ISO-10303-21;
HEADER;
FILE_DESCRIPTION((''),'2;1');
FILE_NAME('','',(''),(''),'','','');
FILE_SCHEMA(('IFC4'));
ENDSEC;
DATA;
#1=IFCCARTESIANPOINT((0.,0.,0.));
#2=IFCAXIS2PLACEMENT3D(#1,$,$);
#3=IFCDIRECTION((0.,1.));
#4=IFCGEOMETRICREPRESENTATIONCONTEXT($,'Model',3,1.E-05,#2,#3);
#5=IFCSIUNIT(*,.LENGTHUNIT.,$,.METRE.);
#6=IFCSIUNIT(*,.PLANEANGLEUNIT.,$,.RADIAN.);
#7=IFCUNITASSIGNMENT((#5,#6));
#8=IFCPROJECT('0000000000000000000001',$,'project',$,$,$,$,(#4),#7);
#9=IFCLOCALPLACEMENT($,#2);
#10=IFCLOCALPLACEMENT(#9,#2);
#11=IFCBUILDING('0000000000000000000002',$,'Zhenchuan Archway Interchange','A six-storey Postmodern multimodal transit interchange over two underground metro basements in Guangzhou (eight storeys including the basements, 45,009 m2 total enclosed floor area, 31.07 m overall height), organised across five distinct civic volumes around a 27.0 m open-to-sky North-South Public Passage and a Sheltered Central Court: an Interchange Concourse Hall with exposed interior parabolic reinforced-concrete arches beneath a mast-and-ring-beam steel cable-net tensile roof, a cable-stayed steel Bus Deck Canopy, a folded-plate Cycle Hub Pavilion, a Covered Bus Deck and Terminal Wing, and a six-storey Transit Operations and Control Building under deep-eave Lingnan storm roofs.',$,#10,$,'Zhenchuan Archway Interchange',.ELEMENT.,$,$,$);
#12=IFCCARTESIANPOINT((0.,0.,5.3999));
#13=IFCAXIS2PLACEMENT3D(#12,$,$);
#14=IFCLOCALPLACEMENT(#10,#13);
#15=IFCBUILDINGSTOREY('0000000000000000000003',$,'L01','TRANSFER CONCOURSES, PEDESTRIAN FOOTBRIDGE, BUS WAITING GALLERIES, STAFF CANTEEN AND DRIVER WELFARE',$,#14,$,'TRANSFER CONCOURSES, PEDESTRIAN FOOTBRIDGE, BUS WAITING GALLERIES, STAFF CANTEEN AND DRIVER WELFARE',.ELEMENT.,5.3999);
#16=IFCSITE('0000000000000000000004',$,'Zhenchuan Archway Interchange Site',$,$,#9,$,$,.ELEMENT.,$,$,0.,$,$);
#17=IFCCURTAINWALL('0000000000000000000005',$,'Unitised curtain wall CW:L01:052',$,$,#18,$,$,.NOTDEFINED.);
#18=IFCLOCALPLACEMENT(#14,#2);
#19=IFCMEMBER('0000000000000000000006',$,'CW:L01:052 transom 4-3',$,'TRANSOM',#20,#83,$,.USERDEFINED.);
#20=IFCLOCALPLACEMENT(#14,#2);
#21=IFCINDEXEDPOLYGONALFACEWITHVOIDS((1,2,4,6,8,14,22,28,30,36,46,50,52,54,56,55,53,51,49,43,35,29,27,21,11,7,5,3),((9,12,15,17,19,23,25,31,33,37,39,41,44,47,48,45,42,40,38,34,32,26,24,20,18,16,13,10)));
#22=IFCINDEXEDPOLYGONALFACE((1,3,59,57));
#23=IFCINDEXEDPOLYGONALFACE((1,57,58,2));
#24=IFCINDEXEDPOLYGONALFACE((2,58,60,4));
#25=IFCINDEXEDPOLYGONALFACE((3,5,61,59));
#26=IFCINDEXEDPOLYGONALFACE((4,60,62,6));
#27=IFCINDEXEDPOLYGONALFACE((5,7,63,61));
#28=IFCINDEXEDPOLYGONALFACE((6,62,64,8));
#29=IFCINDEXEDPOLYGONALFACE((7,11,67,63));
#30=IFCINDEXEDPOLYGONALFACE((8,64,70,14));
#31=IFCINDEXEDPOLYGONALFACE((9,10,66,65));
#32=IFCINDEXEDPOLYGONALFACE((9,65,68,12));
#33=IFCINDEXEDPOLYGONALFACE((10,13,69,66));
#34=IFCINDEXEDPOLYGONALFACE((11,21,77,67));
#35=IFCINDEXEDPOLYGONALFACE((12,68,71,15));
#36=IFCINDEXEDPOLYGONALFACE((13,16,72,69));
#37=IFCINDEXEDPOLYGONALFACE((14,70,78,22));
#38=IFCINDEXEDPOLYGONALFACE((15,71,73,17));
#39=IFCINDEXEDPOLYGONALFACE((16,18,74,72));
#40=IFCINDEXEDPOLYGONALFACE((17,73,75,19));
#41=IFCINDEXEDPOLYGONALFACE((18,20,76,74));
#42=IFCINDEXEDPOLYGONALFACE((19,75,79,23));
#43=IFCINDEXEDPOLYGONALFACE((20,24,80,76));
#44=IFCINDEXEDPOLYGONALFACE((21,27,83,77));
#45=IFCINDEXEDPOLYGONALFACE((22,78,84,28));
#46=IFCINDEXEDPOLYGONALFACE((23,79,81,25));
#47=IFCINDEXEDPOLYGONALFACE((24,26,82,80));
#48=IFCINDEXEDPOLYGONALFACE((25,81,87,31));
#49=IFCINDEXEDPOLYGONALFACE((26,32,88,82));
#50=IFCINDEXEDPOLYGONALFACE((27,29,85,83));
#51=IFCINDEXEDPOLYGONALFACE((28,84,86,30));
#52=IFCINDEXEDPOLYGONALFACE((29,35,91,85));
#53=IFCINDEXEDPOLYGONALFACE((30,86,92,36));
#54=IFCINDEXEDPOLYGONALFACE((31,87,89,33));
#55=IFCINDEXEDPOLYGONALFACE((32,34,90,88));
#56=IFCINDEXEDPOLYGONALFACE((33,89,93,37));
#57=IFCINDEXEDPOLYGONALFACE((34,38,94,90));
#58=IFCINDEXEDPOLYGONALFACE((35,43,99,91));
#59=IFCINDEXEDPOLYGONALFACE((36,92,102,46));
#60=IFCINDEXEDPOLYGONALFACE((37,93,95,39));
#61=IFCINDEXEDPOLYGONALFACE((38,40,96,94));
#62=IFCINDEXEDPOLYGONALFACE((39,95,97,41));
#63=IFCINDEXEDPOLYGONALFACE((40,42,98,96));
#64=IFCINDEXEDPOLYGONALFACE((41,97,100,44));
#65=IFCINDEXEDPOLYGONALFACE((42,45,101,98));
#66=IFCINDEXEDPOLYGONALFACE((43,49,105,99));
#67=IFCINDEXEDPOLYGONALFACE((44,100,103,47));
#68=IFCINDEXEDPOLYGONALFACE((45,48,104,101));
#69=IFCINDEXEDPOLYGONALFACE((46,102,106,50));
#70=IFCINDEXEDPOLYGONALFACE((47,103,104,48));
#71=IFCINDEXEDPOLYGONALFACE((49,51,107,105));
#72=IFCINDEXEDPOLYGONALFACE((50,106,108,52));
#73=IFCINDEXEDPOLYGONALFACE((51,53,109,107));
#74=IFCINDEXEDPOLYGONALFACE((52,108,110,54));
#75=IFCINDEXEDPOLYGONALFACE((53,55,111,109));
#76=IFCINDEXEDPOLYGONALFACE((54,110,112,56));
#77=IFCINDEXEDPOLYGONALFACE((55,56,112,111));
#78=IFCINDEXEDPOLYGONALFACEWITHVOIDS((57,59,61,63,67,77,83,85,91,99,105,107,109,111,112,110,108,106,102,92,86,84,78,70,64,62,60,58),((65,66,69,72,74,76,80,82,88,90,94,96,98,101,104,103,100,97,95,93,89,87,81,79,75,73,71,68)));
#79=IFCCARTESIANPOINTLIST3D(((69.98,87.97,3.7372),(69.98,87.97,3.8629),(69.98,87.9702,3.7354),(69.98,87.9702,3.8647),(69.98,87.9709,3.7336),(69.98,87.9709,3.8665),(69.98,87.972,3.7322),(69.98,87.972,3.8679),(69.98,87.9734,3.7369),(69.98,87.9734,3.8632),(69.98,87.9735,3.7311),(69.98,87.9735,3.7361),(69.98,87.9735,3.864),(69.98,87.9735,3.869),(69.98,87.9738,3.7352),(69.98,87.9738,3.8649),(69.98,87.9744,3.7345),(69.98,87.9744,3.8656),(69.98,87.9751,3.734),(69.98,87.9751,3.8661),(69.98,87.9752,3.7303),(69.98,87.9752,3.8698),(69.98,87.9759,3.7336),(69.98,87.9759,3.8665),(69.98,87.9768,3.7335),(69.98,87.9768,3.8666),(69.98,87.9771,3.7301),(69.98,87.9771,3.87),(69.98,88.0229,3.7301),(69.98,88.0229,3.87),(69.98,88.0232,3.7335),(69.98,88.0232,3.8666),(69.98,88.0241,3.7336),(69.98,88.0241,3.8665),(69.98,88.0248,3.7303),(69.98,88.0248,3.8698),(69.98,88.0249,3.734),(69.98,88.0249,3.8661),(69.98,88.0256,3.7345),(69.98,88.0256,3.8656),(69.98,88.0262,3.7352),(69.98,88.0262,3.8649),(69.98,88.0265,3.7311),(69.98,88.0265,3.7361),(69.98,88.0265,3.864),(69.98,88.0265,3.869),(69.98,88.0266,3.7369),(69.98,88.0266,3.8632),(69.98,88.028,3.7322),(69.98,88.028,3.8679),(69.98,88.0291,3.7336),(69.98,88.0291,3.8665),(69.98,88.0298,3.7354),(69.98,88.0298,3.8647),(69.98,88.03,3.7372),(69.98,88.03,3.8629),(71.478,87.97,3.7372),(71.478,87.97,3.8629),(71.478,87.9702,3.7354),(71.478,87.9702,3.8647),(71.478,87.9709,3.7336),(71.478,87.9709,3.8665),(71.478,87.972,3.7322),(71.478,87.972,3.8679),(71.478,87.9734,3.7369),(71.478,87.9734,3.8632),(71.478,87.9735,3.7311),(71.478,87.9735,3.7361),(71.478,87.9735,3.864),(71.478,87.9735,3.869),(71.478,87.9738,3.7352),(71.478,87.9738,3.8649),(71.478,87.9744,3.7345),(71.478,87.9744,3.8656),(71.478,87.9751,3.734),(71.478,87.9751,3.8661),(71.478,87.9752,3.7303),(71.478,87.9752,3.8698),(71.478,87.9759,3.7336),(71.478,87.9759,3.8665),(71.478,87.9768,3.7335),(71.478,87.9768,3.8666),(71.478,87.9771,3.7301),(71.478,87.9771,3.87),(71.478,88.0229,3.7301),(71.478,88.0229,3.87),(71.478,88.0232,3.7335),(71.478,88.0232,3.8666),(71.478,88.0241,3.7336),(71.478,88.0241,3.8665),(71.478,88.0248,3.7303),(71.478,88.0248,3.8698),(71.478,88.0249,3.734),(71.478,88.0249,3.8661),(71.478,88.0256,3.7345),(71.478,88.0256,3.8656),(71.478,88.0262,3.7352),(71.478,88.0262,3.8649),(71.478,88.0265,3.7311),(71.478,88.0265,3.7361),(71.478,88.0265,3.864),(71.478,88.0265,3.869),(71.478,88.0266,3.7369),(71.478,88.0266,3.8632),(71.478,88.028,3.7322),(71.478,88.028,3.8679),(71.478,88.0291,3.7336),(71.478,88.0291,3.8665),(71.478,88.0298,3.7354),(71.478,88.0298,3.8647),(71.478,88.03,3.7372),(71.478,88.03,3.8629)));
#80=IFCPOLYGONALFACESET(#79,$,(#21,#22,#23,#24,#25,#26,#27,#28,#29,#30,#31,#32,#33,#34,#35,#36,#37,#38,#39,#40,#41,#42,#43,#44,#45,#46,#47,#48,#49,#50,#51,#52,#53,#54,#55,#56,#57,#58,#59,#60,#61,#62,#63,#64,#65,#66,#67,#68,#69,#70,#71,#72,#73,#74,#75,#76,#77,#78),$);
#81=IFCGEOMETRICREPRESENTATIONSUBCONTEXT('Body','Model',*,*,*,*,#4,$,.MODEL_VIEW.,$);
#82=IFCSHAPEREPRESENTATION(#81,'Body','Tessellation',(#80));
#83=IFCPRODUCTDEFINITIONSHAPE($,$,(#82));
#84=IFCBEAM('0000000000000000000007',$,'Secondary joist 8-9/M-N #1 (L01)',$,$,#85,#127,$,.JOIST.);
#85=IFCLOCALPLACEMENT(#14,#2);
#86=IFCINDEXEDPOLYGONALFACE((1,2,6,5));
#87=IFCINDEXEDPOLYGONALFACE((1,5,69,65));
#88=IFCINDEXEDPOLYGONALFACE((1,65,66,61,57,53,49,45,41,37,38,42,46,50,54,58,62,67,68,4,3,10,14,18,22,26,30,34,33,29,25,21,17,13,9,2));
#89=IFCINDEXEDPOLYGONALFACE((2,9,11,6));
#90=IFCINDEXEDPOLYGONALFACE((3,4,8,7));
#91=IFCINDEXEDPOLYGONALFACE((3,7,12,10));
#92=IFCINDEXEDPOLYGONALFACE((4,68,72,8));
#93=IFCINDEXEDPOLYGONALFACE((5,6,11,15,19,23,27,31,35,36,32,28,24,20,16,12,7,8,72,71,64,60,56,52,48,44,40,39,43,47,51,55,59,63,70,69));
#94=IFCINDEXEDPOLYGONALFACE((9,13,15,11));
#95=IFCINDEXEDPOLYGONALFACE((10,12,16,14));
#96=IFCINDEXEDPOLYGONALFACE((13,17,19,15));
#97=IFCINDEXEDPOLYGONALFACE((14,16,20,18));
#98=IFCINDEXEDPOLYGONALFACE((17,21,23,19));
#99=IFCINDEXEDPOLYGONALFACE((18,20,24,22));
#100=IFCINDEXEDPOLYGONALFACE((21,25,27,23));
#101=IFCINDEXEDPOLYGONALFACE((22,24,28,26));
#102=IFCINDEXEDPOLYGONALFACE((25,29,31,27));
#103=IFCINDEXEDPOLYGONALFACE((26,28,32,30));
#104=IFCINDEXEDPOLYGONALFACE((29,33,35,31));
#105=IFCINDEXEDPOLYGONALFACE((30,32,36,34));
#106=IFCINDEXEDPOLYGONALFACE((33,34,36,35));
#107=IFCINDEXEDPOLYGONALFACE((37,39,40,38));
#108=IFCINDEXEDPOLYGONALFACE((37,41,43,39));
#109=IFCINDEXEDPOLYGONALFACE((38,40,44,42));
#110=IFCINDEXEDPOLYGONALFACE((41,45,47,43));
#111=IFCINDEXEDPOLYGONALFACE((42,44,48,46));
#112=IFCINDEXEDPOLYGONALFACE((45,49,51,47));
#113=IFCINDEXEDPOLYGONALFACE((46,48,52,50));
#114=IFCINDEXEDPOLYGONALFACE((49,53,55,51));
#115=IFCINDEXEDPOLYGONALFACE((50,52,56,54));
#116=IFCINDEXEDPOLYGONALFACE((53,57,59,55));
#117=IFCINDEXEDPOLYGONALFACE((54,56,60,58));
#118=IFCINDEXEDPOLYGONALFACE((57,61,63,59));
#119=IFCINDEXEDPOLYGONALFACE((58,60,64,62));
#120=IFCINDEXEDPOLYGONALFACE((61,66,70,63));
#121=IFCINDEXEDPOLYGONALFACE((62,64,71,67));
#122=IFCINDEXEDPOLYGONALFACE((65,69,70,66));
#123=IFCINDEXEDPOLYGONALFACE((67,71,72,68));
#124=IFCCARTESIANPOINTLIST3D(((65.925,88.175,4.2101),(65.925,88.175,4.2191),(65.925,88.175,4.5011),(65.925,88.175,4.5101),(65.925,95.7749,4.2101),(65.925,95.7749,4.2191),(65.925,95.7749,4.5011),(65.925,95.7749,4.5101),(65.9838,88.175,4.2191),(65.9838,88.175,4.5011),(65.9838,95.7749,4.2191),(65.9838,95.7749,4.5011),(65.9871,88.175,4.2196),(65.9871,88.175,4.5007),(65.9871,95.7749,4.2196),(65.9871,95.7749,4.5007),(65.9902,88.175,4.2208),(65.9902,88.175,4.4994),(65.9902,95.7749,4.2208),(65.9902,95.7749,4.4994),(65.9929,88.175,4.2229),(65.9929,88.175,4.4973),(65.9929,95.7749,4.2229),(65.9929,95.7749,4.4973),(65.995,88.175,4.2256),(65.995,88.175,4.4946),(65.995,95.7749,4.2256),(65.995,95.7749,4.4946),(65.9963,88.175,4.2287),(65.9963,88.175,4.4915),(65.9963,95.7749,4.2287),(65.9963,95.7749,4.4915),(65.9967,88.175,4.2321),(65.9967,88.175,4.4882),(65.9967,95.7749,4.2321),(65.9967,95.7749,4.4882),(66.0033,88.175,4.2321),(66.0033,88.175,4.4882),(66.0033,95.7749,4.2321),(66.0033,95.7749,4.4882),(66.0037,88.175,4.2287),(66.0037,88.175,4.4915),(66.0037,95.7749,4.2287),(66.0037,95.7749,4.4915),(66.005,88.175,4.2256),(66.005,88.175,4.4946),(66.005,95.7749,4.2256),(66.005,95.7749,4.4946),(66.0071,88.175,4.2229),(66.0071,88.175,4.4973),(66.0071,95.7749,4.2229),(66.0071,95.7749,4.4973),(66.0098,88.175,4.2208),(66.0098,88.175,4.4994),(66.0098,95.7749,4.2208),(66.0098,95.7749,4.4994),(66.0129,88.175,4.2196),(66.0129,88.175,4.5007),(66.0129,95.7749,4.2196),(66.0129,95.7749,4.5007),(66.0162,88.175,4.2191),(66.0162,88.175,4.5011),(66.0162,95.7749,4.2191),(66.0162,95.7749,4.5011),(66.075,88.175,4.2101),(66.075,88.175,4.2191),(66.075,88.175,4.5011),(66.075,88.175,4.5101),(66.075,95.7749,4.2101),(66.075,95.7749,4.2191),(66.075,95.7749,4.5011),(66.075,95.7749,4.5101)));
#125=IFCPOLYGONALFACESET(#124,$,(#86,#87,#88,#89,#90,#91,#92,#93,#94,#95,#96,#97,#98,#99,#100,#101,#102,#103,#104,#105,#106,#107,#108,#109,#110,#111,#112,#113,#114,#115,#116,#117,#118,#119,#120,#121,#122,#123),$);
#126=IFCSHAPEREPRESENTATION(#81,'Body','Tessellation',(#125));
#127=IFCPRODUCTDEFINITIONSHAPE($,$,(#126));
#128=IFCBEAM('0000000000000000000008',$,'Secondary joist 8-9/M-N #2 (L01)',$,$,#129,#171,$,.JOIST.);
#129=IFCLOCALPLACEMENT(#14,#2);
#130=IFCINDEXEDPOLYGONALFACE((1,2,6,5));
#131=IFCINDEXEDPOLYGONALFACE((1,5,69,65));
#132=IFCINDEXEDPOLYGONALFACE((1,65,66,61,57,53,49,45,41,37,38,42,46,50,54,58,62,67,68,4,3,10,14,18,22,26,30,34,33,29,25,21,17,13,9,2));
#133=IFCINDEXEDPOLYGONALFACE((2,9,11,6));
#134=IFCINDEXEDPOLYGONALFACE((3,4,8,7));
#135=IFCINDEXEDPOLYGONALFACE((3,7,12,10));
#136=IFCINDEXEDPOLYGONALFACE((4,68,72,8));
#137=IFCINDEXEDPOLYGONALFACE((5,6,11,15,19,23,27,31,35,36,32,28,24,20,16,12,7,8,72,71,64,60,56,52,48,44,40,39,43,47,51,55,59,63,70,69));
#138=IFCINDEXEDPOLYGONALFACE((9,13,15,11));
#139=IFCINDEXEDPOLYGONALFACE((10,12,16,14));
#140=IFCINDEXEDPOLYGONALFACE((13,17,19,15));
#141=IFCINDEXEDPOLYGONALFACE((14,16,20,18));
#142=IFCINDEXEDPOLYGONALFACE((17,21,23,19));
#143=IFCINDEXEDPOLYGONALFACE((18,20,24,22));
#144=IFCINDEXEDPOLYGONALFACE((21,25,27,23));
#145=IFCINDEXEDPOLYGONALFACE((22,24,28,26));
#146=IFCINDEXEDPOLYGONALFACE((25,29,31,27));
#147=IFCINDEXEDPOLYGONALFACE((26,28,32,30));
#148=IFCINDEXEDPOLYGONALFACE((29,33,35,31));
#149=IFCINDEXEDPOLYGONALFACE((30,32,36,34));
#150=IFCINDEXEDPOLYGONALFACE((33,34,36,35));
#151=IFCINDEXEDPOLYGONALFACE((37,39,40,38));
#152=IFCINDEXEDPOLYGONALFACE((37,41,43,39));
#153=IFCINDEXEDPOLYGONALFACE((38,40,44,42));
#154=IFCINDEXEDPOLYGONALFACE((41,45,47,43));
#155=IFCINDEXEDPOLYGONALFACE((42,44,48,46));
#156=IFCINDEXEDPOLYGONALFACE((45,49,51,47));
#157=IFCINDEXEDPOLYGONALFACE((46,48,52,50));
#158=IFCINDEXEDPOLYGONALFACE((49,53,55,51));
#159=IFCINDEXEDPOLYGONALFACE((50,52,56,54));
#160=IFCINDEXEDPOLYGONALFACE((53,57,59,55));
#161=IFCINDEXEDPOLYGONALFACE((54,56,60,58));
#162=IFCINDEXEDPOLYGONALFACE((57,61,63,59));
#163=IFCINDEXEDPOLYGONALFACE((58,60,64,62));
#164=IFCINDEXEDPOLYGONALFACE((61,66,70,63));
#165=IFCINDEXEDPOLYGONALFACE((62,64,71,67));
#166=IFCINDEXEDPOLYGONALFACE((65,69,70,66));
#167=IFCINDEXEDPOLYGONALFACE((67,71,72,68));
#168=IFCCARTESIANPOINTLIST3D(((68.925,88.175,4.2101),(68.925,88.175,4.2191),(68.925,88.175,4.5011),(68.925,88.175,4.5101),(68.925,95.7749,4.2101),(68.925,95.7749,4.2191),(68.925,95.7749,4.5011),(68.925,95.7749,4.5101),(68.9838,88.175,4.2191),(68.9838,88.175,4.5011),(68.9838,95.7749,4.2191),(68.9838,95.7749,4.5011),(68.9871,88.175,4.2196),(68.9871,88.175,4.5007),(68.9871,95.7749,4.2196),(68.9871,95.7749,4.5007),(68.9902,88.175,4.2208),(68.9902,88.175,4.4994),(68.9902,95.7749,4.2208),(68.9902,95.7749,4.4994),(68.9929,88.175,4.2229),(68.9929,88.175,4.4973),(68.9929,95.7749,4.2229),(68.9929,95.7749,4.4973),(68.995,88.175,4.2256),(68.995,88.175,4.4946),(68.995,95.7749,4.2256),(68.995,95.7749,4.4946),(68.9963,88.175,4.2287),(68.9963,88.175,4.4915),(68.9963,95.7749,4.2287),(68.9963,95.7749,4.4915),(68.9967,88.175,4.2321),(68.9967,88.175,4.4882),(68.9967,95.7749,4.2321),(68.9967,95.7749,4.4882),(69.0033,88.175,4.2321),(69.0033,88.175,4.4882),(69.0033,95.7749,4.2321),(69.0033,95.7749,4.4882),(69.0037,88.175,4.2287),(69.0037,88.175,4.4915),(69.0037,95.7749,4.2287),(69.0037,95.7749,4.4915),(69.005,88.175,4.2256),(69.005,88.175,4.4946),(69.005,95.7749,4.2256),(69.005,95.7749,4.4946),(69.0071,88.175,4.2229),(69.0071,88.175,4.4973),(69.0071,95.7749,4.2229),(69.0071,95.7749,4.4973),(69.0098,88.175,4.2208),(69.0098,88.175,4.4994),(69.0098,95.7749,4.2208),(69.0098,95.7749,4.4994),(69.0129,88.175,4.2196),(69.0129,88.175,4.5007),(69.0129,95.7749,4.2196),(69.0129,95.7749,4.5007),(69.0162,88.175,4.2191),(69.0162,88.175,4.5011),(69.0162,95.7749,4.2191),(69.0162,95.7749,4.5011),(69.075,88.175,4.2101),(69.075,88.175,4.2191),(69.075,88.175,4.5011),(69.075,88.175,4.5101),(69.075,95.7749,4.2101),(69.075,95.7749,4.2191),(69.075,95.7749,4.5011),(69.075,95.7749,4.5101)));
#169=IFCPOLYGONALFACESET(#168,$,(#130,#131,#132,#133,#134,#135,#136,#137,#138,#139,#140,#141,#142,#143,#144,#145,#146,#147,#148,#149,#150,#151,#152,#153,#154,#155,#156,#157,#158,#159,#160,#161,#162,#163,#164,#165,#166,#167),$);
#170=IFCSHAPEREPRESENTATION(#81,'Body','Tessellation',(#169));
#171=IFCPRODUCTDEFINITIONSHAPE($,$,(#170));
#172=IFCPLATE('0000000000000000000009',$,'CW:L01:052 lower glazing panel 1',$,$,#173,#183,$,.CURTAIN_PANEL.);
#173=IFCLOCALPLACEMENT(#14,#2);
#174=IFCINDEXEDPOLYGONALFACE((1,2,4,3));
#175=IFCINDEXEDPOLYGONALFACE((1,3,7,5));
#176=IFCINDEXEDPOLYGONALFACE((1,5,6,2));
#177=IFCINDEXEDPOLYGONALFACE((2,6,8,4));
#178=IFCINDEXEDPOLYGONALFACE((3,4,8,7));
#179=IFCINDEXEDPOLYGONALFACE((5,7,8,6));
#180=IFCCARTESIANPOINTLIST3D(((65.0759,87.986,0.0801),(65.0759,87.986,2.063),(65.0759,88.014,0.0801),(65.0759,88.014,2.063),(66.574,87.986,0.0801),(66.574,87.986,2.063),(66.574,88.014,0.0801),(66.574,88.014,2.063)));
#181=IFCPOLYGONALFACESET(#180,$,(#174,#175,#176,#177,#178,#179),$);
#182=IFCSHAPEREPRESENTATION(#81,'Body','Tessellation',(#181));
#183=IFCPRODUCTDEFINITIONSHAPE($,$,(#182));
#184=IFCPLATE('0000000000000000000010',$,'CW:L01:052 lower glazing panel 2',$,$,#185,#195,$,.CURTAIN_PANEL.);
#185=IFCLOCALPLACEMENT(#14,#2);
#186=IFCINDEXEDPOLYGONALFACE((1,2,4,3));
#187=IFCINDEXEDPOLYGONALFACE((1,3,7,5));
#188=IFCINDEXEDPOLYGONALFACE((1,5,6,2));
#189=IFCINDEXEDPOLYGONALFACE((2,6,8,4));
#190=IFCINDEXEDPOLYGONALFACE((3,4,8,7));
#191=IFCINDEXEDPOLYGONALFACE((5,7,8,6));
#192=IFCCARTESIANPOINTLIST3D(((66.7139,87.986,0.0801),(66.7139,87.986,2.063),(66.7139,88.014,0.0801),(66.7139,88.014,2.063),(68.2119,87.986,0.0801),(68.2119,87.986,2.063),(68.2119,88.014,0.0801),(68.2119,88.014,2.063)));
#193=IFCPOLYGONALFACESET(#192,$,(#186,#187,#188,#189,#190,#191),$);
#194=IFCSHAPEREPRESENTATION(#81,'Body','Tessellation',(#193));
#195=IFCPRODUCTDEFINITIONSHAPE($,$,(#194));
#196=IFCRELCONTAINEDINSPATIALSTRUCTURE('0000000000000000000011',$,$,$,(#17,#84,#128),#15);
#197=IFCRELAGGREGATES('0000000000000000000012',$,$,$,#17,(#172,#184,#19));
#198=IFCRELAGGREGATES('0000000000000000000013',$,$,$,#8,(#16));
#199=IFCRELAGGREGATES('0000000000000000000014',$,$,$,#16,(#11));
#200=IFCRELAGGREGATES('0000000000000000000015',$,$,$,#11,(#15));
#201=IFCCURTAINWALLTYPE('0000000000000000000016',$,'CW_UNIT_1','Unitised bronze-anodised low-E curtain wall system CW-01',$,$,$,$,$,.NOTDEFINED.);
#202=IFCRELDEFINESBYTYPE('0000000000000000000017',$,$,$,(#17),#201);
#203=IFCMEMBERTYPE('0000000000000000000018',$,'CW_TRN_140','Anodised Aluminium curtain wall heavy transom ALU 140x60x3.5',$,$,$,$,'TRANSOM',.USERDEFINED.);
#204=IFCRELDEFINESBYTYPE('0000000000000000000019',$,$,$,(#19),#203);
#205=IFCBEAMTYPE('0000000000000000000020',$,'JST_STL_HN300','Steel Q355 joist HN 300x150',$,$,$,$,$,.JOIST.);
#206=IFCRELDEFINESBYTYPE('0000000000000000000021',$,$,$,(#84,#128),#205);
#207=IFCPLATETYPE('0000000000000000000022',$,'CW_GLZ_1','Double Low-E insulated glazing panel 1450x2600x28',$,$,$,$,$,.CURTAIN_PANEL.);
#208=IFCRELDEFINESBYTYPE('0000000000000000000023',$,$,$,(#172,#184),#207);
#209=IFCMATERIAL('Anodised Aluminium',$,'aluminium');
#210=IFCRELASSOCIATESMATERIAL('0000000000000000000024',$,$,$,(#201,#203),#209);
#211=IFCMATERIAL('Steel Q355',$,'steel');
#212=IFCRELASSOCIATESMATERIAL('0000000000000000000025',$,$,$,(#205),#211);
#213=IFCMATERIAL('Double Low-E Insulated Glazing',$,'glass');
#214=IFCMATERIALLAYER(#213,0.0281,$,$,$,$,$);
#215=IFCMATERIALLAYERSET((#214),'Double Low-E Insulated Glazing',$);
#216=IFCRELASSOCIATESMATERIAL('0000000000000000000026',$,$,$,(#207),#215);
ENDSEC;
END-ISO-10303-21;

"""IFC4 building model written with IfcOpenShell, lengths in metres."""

from ifc_helpers import new_model, si_unit, direction, frame, origin, origin_2d, place, context, subcontext, project, spatial, rectangle, hollow_rectangle, i_section, extrude, material, layer, layer_set, material_profile, profile_set, type_object, element, aggregate, save


model = new_model("IFC4")

# Units and contexts
model_context = context("Model", 3, precision=1e-05, world=origin(), true_north=direction((0.0, 1.0)))
body_context = subcontext(model_context, "Body", "Model", "MODEL_VIEW")
ifc_project = project(units=[si_unit("LENGTHUNIT", "METRE"), si_unit("PLANEANGLEUNIT", "RADIAN")], contexts=[model_context])

# Site, building, storey
site_placement = place(None, origin())
site = spatial("IfcSite", under=ifc_project, at=site_placement, Name="Zhenchuan Archway Interchange Site", CompositionType="ELEMENT", RefElevation=0.0)
building_placement = place(site_placement, origin())
building = spatial("IfcBuilding", under=site, at=building_placement, Name="Zhenchuan Archway Interchange", Description="A six-storey Postmodern multimodal transit interchange over two underground metro basements in Guangzhou (eight storeys including the basements, 45,009 m2 total enclosed floor area, 31.07 m overall height), organised across five distinct civic volumes around a 27.0 m open-to-sky North-South Public Passage and a Sheltered Central Court: an Interchange Concourse Hall with exposed interior parabolic reinforced-concrete arches beneath a mast-and-ring-beam steel cable-net tensile roof, a cable-stayed steel Bus Deck Canopy, a folded-plate Cycle Hub Pavilion, a Covered Bus Deck and Terminal Wing, and a six-storey Transit Operations and Control Building under deep-eave Lingnan storm roofs.", LongName="Zhenchuan Archway Interchange", CompositionType="ELEMENT")
storey_placement = place(building_placement, frame((0.0, 0.0, 5.3999)))
storey = spatial("IfcBuildingStorey", under=building, at=storey_placement, Name="L01", Description="TRANSFER CONCOURSES, PEDESTRIAN FOOTBRIDGE, BUS WAITING GALLERIES, STAFF CANTEEN AND DRIVER WELFARE", LongName="TRANSFER CONCOURSES, PEDESTRIAN FOOTBRIDGE, BUS WAITING GALLERIES, STAFF CANTEEN AND DRIVER WELFARE", CompositionType="ELEMENT", Elevation=5.3999)

# Curtain wall, member
ifc_material_1 = material(Name="Anodised Aluminium", Category="aluminium")
curtain_wall_type = type_object("IfcCurtainWallType", Name="CW_UNIT_1", Description="Unitised bronze-anodised low-E curtain wall system CW-01", PredefinedType="NOTDEFINED", material=ifc_material_1)
curtain_wall_placement = place(storey_placement, origin())
curtain_wall = element("IfcCurtainWall", 1, at=curtain_wall_placement, inside=storey, type_object=curtain_wall_type, Name="Unitised curtain wall CW:L01:052", PredefinedType="NOTDEFINED")
ifc_material_profile_1 = material_profile(ifc_material_1, hollow_rectangle(XDim=0.0601, YDim=0.1399, WallThickness=0.0034, InnerFilletRadius=0.0034, OuterFilletRadius=0.0071, at=origin_2d()), Name="ALU 140x60x3.5")
ifc_profile_set_1 = profile_set([ifc_material_profile_1], Name="Anodised Aluminium")
member_type_1 = type_object("IfcMemberType", Name="CW_TRN_140", Description="Anodised Aluminium curtain wall heavy transom ALU 140x60x3.5", ElementType="TRANSOM", PredefinedType="USERDEFINED", material=ifc_profile_set_1)
member_1_placement = place(storey_placement, frame((69.98, 88.0, 3.8), z_axis=(1.0, 0.0, 0.0), x_axis=(0.0, 1.0, 0.0)))
member_1 = element("IfcMember", 2, at=member_1_placement, type_object=member_type_1, Name="CW:L01:052 transom 4-3", ObjectType="TRANSOM", PredefinedType="USERDEFINED", context=body_context, shape_type="SweptSolid", body=[
    extrude(hollow_rectangle(XDim=0.0601, YDim=0.1399, WallThickness=0.0034, InnerFilletRadius=0.0034, OuterFilletRadius=0.0071, at=origin_2d()), origin(), (0.0, 0.0, 1.0), 1.498),
])

# Beams
ifc_material_2 = material(Name="Steel Q355", Category="steel")
ifc_material_profile_2 = material_profile(ifc_material_2, i_section(OverallWidth=0.1499, OverallDepth=0.3, WebThickness=0.0066, FlangeThickness=0.009, FilletRadius=0.0129, at=origin_2d()), Name="HN 300x150")
ifc_profile_set_2 = profile_set([ifc_material_profile_2], Name="Steel Q355")
beam_type = type_object("IfcBeamType", Name="JST_STL_HN300", Description="Steel Q355 joist HN 300x150", PredefinedType="JOIST", material=ifc_profile_set_2)
for number, where, z_axis, x_axis, name in (
    (3, (66.0, 88.175, 4.3601), (0.0, 1.0, 0.0), (-1.0, 0.0, 0.0), "Secondary joist 8-9/M-N #1 (L01)"),
    (4, (69.0, 88.175, 4.3601), (0.0, 1.0, 0.0), (-1.0, 0.0, 0.0), "Secondary joist 8-9/M-N #2 (L01)"),
):
    element("IfcBeam", number, at=place(storey_placement, frame(where, z_axis=z_axis, x_axis=x_axis)), inside=storey, type_object=beam_type, Name=name, PredefinedType="JOIST", context=body_context, shape_type="SweptSolid", body=[
        extrude(i_section(OverallWidth=0.1499, OverallDepth=0.3, WebThickness=0.0066, FlangeThickness=0.009, FilletRadius=0.0129, at=origin_2d()), origin(), (0.0, 0.0, 1.0), 7.5999),
    ])

# Plates
ifc_material_3 = material(Name="Double Low-E Insulated Glazing", Category="glass")
ifc_layer_1 = layer(ifc_material_3, 0.0281)
ifc_layer_set_1 = layer_set([ifc_layer_1], Name="Double Low-E Insulated Glazing")
plate_type_1 = type_object("IfcPlateType", Name="CW_GLZ_1", Description="Double Low-E insulated glazing panel 1450x2600x28", PredefinedType="CURTAIN_PANEL", material=ifc_layer_set_1)
plate_1_placement = place(storey_placement, frame((65.825, 88.0, 0.0801), z_axis=(0.0, 0.0, 1.0), x_axis=(1.0, 0.0, 0.0)))
plate_1 = element("IfcPlate", 5, at=plate_1_placement, type_object=plate_type_1, Name="CW:L01:052 lower glazing panel 1", PredefinedType="CURTAIN_PANEL", context=body_context, shape_type="SweptSolid", body=[
    extrude(rectangle(XDim=1.498, YDim=0.0281, at=origin_2d()), origin(), (0.0, 0.0, 1.0), 1.9829),
])
plate_2_placement = place(storey_placement, frame((67.4629, 88.0, 0.0801), z_axis=(0.0, 0.0, 1.0), x_axis=(1.0, 0.0, 0.0)))
plate_2 = element("IfcPlate", 6, at=plate_2_placement, type_object=plate_type_1, Name="CW:L01:052 lower glazing panel 2", PredefinedType="CURTAIN_PANEL", context=body_context, shape_type="SweptSolid", body=[
    extrude(rectangle(XDim=1.498, YDim=0.0281, at=origin_2d()), origin(), (0.0, 0.0, 1.0), 1.9829),
])
aggregate(curtain_wall, [plate_1, plate_2, member_1])

save(model, "model.ifc")
